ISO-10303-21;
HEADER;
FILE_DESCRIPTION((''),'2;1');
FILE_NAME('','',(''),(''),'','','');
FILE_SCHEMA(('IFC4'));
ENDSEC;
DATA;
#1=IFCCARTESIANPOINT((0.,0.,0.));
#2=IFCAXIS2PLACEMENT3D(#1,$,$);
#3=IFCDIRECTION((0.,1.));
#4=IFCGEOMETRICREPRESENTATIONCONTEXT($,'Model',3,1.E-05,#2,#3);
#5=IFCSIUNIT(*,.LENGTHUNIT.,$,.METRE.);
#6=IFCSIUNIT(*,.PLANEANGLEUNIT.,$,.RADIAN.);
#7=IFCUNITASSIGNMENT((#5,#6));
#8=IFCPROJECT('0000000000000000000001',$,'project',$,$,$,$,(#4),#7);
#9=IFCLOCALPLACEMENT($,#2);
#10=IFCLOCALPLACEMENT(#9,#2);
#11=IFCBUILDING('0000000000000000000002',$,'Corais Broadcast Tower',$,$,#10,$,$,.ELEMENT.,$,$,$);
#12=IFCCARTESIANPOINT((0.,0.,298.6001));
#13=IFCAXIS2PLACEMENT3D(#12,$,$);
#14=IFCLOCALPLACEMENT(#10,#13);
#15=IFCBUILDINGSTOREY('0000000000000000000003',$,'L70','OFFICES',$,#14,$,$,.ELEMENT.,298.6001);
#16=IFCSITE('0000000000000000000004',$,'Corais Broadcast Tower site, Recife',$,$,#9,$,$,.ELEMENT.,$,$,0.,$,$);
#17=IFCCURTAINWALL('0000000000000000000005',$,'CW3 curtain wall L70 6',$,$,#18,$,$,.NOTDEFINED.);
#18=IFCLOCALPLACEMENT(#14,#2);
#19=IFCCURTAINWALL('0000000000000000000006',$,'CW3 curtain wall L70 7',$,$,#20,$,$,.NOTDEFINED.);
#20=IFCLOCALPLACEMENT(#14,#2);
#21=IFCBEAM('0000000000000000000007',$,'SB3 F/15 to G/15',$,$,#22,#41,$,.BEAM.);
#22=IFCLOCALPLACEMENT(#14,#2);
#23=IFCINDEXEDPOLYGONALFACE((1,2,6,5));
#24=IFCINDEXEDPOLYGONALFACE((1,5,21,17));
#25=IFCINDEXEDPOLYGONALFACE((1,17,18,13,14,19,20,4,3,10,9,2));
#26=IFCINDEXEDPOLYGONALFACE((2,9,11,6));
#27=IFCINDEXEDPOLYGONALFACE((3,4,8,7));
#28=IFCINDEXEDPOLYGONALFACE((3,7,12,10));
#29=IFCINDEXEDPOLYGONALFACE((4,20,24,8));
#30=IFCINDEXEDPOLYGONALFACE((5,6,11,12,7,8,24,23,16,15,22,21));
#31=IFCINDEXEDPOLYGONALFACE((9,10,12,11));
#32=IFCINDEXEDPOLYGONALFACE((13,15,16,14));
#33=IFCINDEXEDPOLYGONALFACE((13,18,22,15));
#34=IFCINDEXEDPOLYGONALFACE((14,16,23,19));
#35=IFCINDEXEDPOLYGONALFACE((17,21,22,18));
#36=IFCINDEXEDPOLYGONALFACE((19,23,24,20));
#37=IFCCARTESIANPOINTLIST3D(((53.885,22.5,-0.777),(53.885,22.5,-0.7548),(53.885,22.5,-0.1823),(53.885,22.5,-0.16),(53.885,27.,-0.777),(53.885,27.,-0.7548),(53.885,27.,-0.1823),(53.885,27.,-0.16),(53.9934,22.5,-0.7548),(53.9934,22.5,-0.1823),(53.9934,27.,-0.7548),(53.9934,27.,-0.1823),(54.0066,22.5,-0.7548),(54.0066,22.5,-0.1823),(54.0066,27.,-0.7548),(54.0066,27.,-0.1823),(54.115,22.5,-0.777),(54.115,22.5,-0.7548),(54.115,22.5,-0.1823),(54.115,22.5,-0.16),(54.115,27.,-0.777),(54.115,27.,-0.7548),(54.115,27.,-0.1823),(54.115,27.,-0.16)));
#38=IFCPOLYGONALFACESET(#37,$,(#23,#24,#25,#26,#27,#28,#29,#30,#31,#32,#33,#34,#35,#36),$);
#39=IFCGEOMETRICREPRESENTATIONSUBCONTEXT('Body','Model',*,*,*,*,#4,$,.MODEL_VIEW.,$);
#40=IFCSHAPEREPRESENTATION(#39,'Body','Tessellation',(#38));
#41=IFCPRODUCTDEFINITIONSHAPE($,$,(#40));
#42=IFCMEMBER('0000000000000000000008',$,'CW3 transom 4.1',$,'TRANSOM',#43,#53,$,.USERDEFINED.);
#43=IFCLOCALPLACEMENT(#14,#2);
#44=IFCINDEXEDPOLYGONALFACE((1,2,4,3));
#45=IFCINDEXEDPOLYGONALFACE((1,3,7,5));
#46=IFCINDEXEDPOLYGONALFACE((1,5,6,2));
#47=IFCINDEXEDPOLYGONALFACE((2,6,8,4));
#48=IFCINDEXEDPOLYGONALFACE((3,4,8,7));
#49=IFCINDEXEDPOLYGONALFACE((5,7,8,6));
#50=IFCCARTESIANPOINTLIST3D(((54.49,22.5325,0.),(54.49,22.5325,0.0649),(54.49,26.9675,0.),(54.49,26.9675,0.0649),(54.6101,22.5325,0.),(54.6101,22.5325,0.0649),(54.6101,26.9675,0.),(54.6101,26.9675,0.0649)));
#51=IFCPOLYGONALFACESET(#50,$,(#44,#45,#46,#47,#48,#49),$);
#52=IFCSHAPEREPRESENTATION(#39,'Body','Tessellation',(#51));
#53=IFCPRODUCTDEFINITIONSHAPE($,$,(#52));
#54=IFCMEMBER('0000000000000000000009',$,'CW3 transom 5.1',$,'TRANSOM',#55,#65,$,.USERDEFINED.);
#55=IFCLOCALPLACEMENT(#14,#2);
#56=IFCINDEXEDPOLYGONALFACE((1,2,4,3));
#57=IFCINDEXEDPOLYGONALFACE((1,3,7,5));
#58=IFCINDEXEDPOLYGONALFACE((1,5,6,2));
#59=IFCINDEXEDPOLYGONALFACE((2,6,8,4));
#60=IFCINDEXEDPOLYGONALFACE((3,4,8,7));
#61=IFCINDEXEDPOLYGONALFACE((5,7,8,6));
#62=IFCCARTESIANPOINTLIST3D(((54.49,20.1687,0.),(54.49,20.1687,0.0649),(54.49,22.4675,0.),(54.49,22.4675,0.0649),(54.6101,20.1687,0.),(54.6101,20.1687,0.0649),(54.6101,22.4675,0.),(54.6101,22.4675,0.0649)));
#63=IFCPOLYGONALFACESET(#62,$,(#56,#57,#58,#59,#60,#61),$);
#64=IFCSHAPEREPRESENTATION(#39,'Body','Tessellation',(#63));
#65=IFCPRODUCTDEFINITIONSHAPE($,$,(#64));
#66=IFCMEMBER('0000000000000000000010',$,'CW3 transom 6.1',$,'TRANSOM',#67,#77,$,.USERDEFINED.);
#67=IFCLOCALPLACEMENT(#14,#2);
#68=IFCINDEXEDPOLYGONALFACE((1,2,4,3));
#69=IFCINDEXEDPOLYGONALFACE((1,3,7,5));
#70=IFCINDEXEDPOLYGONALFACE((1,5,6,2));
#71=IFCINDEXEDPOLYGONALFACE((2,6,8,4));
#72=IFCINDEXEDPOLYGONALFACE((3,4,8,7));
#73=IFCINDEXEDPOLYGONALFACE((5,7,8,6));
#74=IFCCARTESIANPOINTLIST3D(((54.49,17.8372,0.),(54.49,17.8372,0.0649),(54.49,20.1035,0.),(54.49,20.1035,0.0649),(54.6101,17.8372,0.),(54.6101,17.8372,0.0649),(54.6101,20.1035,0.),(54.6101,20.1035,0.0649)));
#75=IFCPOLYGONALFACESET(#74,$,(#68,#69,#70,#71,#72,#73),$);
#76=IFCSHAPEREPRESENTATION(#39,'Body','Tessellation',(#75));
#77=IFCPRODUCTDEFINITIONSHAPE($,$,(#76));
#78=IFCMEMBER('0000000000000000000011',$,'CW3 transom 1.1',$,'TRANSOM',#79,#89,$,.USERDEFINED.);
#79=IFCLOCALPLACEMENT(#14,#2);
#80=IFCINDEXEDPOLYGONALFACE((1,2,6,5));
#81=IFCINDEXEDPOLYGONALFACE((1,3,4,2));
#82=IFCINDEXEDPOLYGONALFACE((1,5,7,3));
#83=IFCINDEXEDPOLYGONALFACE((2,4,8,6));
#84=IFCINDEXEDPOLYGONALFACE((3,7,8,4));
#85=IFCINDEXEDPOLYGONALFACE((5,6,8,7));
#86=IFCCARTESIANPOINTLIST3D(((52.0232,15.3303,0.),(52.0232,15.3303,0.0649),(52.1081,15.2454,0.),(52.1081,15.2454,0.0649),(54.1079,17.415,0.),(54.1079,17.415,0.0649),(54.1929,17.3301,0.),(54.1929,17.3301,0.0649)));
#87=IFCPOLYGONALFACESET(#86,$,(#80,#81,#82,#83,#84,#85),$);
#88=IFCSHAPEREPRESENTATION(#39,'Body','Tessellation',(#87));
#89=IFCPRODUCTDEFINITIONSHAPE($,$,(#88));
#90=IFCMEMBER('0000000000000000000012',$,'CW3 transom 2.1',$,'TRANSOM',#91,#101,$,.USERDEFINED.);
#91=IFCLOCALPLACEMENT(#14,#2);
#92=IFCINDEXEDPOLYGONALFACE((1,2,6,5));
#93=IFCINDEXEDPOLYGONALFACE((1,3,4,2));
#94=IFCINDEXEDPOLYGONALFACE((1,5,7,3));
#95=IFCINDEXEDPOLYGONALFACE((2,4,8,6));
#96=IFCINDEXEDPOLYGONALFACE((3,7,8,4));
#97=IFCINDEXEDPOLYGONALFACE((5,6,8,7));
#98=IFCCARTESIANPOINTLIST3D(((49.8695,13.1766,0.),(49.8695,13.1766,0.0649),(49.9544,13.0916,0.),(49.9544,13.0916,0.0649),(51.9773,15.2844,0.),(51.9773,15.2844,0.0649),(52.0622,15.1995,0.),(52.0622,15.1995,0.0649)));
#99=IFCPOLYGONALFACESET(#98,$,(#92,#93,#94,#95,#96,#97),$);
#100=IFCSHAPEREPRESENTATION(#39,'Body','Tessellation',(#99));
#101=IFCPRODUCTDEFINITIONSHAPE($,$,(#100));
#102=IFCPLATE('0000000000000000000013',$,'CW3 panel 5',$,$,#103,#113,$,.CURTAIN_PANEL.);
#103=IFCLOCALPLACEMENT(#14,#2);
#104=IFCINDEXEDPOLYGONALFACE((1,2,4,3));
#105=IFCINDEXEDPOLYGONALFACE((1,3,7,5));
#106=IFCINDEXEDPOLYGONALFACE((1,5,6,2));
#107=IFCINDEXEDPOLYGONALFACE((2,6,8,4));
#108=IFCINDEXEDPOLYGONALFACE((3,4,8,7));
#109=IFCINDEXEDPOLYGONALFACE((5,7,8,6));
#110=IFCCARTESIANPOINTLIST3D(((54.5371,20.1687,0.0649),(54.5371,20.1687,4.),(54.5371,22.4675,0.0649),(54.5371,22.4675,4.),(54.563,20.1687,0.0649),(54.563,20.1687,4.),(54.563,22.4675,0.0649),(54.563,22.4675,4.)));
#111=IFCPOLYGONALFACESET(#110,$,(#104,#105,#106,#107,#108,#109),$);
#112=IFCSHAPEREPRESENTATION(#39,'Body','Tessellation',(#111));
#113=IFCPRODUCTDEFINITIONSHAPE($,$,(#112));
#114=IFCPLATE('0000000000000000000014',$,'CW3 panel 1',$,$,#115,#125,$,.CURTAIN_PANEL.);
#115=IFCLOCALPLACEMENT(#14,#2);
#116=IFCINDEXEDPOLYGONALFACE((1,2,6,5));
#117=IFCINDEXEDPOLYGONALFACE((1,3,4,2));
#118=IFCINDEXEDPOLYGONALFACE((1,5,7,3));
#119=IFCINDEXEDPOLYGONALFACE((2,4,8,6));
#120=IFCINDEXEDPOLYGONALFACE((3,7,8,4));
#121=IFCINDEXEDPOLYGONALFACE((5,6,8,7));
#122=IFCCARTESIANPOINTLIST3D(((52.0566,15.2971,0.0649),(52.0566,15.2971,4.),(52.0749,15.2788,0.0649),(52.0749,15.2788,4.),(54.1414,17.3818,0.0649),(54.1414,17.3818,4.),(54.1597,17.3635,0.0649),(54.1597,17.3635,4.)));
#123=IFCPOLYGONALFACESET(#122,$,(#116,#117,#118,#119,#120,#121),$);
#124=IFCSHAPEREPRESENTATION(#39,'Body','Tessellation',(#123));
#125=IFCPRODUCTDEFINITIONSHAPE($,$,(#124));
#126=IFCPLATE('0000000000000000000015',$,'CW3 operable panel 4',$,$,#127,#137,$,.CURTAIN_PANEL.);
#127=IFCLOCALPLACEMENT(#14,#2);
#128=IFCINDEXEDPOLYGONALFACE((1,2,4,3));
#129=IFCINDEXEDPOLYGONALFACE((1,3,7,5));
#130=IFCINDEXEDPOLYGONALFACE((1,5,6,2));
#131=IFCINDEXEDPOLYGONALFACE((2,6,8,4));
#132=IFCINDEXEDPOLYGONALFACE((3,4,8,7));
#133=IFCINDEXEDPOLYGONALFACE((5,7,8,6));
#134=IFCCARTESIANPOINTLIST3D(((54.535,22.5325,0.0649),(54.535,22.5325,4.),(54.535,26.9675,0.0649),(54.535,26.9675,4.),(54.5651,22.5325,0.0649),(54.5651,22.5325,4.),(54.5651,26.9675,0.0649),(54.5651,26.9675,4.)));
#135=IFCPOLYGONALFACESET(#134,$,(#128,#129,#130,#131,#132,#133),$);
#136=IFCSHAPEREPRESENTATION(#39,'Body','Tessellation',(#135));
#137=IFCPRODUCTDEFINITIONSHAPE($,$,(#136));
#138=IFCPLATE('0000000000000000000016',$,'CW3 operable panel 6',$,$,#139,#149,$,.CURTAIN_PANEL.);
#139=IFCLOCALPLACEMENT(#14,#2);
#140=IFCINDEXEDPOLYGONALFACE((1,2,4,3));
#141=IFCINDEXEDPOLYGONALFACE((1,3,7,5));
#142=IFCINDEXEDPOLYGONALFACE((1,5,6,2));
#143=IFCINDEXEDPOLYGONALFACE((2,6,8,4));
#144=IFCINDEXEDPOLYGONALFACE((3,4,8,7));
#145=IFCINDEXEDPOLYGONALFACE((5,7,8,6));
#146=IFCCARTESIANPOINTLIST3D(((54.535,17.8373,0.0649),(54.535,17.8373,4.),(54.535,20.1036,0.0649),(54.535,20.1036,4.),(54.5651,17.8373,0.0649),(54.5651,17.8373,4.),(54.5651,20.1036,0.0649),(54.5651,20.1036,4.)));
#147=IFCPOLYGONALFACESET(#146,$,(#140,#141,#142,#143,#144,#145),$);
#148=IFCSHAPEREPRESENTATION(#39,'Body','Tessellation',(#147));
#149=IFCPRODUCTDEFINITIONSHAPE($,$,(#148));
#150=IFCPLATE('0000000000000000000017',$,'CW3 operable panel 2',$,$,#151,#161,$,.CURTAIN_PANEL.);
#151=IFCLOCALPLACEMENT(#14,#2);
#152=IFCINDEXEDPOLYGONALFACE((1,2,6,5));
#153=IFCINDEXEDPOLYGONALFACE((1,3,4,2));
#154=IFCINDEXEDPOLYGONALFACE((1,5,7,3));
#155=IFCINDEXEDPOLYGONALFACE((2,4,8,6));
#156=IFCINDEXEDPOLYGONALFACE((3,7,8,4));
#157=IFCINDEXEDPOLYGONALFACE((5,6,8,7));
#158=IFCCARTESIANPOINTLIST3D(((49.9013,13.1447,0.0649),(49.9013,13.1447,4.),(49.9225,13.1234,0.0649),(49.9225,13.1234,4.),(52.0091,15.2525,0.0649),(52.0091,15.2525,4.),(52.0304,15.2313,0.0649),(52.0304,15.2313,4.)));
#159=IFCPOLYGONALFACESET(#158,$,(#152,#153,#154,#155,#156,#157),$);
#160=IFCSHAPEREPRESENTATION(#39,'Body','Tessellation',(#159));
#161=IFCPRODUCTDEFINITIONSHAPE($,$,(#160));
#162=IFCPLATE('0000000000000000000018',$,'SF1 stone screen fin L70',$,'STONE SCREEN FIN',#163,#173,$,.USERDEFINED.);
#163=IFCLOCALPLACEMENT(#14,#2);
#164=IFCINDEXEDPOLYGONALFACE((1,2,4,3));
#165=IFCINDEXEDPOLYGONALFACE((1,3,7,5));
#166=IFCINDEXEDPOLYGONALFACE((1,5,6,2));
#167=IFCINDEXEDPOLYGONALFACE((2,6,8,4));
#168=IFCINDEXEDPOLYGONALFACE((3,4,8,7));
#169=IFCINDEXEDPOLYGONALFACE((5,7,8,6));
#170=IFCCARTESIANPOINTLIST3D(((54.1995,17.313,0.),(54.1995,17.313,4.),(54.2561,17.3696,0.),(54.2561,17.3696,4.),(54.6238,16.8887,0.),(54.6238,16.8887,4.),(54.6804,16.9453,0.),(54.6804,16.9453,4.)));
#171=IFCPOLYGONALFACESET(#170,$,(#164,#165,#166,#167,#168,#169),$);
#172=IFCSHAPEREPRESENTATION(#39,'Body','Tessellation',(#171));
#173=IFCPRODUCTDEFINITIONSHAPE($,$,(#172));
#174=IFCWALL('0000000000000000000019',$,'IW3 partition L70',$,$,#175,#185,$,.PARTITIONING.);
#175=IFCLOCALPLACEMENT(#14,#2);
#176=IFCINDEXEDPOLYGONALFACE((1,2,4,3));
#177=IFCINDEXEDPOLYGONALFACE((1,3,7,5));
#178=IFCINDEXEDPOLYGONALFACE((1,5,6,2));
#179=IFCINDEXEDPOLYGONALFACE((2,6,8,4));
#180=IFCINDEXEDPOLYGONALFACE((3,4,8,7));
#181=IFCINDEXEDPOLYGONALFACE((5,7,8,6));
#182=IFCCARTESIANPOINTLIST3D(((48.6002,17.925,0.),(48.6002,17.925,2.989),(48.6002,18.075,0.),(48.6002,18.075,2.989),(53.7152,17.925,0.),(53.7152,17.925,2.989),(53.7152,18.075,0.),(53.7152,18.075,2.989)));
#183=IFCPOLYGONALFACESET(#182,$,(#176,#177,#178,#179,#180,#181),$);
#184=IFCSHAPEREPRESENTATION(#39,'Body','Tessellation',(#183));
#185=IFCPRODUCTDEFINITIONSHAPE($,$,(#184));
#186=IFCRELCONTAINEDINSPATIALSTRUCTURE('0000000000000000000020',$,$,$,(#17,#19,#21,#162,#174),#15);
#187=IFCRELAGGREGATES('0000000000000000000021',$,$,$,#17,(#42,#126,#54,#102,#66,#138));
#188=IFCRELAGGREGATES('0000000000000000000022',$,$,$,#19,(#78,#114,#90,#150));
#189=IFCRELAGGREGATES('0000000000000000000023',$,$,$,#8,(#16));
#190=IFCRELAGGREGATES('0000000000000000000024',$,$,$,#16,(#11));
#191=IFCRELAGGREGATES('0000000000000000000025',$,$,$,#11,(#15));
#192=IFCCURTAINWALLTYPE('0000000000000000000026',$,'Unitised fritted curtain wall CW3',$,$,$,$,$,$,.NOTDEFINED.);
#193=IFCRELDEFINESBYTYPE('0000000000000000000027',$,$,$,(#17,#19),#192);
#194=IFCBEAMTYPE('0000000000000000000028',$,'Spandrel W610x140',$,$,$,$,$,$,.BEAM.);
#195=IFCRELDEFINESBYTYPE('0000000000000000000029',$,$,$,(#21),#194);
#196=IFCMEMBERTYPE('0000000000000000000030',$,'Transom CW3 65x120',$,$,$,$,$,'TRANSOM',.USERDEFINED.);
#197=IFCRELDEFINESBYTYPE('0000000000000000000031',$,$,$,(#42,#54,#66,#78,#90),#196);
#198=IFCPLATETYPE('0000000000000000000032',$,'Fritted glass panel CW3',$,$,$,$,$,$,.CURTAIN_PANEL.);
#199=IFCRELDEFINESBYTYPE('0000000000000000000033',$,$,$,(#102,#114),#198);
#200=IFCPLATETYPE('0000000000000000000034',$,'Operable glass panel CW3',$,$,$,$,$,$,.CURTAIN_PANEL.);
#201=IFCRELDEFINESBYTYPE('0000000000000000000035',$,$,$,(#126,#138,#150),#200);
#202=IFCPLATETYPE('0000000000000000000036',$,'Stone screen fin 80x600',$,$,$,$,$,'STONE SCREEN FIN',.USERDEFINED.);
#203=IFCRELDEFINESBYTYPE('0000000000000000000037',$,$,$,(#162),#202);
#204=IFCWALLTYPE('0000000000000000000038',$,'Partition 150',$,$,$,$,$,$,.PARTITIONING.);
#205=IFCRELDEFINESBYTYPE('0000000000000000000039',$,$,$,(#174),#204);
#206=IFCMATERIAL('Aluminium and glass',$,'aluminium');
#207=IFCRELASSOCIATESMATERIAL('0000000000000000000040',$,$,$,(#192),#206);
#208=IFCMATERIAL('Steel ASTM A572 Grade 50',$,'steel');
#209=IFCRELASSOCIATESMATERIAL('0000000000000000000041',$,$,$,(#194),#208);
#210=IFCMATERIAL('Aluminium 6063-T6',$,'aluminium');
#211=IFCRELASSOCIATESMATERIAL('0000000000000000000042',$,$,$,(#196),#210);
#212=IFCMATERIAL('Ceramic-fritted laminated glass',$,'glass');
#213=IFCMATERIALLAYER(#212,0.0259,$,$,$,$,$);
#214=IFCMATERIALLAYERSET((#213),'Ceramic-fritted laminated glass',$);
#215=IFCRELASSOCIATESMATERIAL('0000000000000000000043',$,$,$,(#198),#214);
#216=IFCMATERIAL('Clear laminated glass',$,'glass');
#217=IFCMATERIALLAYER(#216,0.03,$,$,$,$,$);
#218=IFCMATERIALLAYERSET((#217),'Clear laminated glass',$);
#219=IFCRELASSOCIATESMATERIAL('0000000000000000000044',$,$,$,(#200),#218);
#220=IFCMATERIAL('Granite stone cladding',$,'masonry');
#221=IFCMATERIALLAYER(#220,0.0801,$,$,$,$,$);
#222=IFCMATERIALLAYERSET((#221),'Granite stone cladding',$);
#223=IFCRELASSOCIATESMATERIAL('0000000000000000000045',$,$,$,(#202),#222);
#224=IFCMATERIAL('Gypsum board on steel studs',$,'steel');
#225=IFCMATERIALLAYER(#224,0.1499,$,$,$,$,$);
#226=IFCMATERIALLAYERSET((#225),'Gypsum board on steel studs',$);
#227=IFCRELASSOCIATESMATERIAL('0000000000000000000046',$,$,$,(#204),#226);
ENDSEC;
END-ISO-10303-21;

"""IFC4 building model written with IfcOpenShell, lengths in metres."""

from ifc_helpers import new_model, si_unit, direction, frame, frame_2d, origin, origin_2d, place, context, subcontext, project, spatial, rectangle, i_section, extrude, material, layer, layer_set, material_profile, profile_set, type_object, element, aggregate, save


model = new_model("IFC4")

# Units and contexts
model_context = context("Model", 3, precision=1e-05, world=origin(), true_north=direction((0.0, 1.0)))
body_context = subcontext(model_context, "Body", "Model", "MODEL_VIEW")
ifc_project = project(units=[si_unit("LENGTHUNIT", "METRE"), si_unit("PLANEANGLEUNIT", "RADIAN")], contexts=[model_context])

# Site, building, storey
site_placement = place(None, origin())
site = spatial("IfcSite", under=ifc_project, at=site_placement, Name="Corais Broadcast Tower site, Recife", CompositionType="ELEMENT", RefElevation=0.0)
building_placement = place(site_placement, origin())
building = spatial("IfcBuilding", under=site, at=building_placement, Name="Corais Broadcast Tower", CompositionType="ELEMENT")
storey_placement = place(building_placement, frame((0.0, 0.0, 298.6001)))
storey = spatial("IfcBuildingStorey", under=building, at=storey_placement, Name="L70", Description="OFFICES", CompositionType="ELEMENT", Elevation=298.6001)

# Curtain walls
ifc_material_1 = material(Name="Aluminium and glass", Category="aluminium")
curtain_wall_type = type_object("IfcCurtainWallType", Name="Unitised fritted curtain wall CW3", PredefinedType="NOTDEFINED", material=ifc_material_1)
curtain_wall_1_placement = place(storey_placement, origin())
curtain_wall_1 = element("IfcCurtainWall", 1, at=curtain_wall_1_placement, inside=storey, type_object=curtain_wall_type, Name="CW3 curtain wall L70 6", PredefinedType="NOTDEFINED")
curtain_wall_2_placement = place(storey_placement, origin())
curtain_wall_2 = element("IfcCurtainWall", 2, at=curtain_wall_2_placement, inside=storey, type_object=curtain_wall_type, Name="CW3 curtain wall L70 7", PredefinedType="NOTDEFINED")

# Beam
ifc_material_2 = material(Name="Steel ASTM A572 Grade 50", Category="steel")
ifc_material_profile_1 = material_profile(ifc_material_2, i_section(OverallWidth=0.23, OverallDepth=0.6169, WebThickness=0.0132, FlangeThickness=0.0222, at=origin_2d()), Name="W610x140")
ifc_profile_set_1 = profile_set([ifc_material_profile_1], Name="Steel ASTM A572 Grade 50")
beam_type_1 = type_object("IfcBeamType", Name="Spandrel W610x140", PredefinedType="BEAM", material=ifc_profile_set_1)
for number, where, z_axis, x_axis, name in (
    (3, (54.0, 22.5, -0.4685), (0.0, 1.0, 0.0), (-1.0, 0.0, 0.0), "SB3 F/15 to G/15"),
):
    element("IfcBeam", number, at=place(storey_placement, frame(where, z_axis=z_axis, x_axis=x_axis)), inside=storey, type_object=beam_type_1, Name=name, PredefinedType="BEAM", context=body_context, shape_type="SweptSolid", body=[
        extrude(i_section(OverallWidth=0.23, OverallDepth=0.6169, WebThickness=0.0132, FlangeThickness=0.0222, at=origin_2d()), origin(), (0.0, 0.0, 1.0), 4.5),
    ])

# Members
ifc_material_3 = material(Name="Aluminium 6063-T6", Category="aluminium")
ifc_material_profile_2 = material_profile(ifc_material_3, rectangle(XDim=0.1201, YDim=0.0649, at=origin_2d()), Name="Transom CW3 65x120")
ifc_profile_set_2 = profile_set([ifc_material_profile_2], Name="Aluminium 6063-T6")
member_type_1 = type_object("IfcMemberType", Name="Transom CW3 65x120", ElementType="TRANSOM", PredefinedType="USERDEFINED", material=ifc_profile_set_2)
member_1_placement = place(storey_placement, frame((54.55, 26.9675, 0.0325), z_axis=(0.0, -1.0, 0.0), x_axis=(1.0, 0.0, 0.0)))
member_1 = element("IfcMember", 4, at=member_1_placement, type_object=member_type_1, Name="CW3 transom 4.1", ObjectType="TRANSOM", PredefinedType="USERDEFINED", context=body_context, shape_type="SweptSolid", body=[
    extrude(rectangle(XDim=0.1201, YDim=0.0649, at=origin_2d()), origin(), (0.0, 0.0, 1.0), 4.4351),
])
member_2_placement = place(storey_placement, frame((54.55, 22.4675, 0.0325), z_axis=(0.0, -1.0, 0.0), x_axis=(1.0, 0.0, 0.0)))
member_2 = element("IfcMember", 5, at=member_2_placement, type_object=member_type_1, Name="CW3 transom 5.1", ObjectType="TRANSOM", PredefinedType="USERDEFINED", context=body_context, shape_type="SweptSolid", body=[
    extrude(rectangle(XDim=0.1201, YDim=0.0649, at=origin_2d()), origin(), (0.0, 0.0, 1.0), 2.2988),
])
member_3_placement = place(storey_placement, frame((54.55, 20.1035, 0.0325), z_axis=(0.0, -1.0, 0.0), x_axis=(1.0, 0.0, 0.0)))
member_3 = element("IfcMember", 6, at=member_3_placement, type_object=member_type_1, Name="CW3 transom 6.1", ObjectType="TRANSOM", PredefinedType="USERDEFINED", context=body_context, shape_type="SweptSolid", body=[
    extrude(rectangle(XDim=0.1201, YDim=0.0649, at=origin_2d()), origin(), (0.0, 0.0, 1.0), 2.2664),
])
member_4_placement = place(storey_placement, frame((54.1504, 17.3726, 0.0325), z_axis=(-0.707107, -0.707107, 0.0), x_axis=(0.707107, -0.707107, 0.0)))
member_4 = element("IfcMember", 7, at=member_4_placement, type_object=member_type_1, Name="CW3 transom 1.1", ObjectType="TRANSOM", PredefinedType="USERDEFINED", context=body_context, shape_type="SweptSolid", body=[
    extrude(rectangle(XDim=0.1201, YDim=0.0649, at=origin_2d()), origin(), (0.0, 0.0, 1.0), 2.9482),
])
member_5_placement = place(storey_placement, frame((52.0198, 15.2419, 0.0325), z_axis=(-0.707107, -0.707107, 0.0), x_axis=(0.707107, -0.707107, 0.0)))
member_5 = element("IfcMember", 8, at=member_5_placement, type_object=member_type_1, Name="CW3 transom 2.1", ObjectType="TRANSOM", PredefinedType="USERDEFINED", context=body_context, shape_type="SweptSolid", body=[
    extrude(rectangle(XDim=0.1201, YDim=0.0649, at=origin_2d()), origin(), (0.0, 0.0, 1.0), 2.981),
])

# Plates
ifc_material_4 = material(Name="Ceramic-fritted laminated glass", Category="glass")
ifc_layer_1 = layer(ifc_material_4, 0.0259)
ifc_layer_set_1 = layer_set([ifc_layer_1], Name="Ceramic-fritted laminated glass")
plate_type_1 = type_object("IfcPlateType", Name="Fritted glass panel CW3", PredefinedType="CURTAIN_PANEL", material=ifc_layer_set_1)
plate_1_placement = place(storey_placement, frame((54.55, 21.3181, 0.0649), z_axis=(0.0, 0.0, 1.0), x_axis=(0.0, -1.0, 0.0)))
plate_1 = element("IfcPlate", 9, at=plate_1_placement, type_object=plate_type_1, Name="CW3 panel 5", PredefinedType="CURTAIN_PANEL", context=body_context, shape_type="SweptSolid", body=[
    extrude(rectangle(XDim=2.2988, YDim=0.0259, at=origin_2d()), origin(), (0.0, 0.0, 1.0), 3.9351),
])
plate_2_placement = place(storey_placement, frame((53.1082, 16.3303, 0.0649), z_axis=(0.0, 0.0, 1.0), x_axis=(-0.707107, -0.707107, 0.0)))
plate_2 = element("IfcPlate", 10, at=plate_2_placement, type_object=plate_type_1, Name="CW3 panel 1", PredefinedType="CURTAIN_PANEL", context=body_context, shape_type="SweptSolid", body=[
    extrude(rectangle(XDim=2.9482, YDim=0.0259, at=origin_2d()), origin(), (0.0, 0.0, 1.0), 3.9351),
])
ifc_material_5 = material(Name="Clear laminated glass", Category="glass")
ifc_layer_2 = layer(ifc_material_5, 0.03)
ifc_layer_set_2 = layer_set([ifc_layer_2], Name="Clear laminated glass")
plate_type_2 = type_object("IfcPlateType", Name="Operable glass panel CW3", PredefinedType="CURTAIN_PANEL", material=ifc_layer_set_2)
plate_3_placement = place(storey_placement, frame((54.55, 24.75, 0.0649), z_axis=(0.0, 0.0, 1.0), x_axis=(0.0, -1.0, 0.0)))
plate_3 = element("IfcPlate", 11, at=plate_3_placement, type_object=plate_type_2, Name="CW3 operable panel 4", PredefinedType="CURTAIN_PANEL", context=body_context, shape_type="SweptSolid", body=[
    extrude(rectangle(XDim=4.4351, YDim=0.03, at=origin_2d()), origin(), (0.0, 0.0, 1.0), 3.9351),
])
plate_4_placement = place(storey_placement, frame((54.55, 18.9705, 0.0649), z_axis=(0.0, 0.0, 1.0), x_axis=(0.0, -1.0, 0.0)))
plate_4 = element("IfcPlate", 12, at=plate_4_placement, type_object=plate_type_2, Name="CW3 operable panel 6", PredefinedType="CURTAIN_PANEL", context=body_context, shape_type="SweptSolid", body=[
    extrude(rectangle(XDim=2.2664, YDim=0.03, at=origin_2d()), origin(), (0.0, 0.0, 1.0), 3.9351),
])
aggregate(curtain_wall_1, [member_1, plate_3, member_2, plate_1, member_3, plate_4])
plate_5_placement = place(storey_placement, frame((50.9658, 14.188, 0.0649), z_axis=(0.0, 0.0, 1.0), x_axis=(-0.707107, -0.707107, 0.0)))
plate_5 = element("IfcPlate", 13, at=plate_5_placement, type_object=plate_type_2, Name="CW3 operable panel 2", PredefinedType="CURTAIN_PANEL", context=body_context, shape_type="SweptSolid", body=[
    extrude(rectangle(XDim=2.981, YDim=0.03, at=origin_2d()), origin(), (0.0, 0.0, 1.0), 3.9351),
])
aggregate(curtain_wall_2, [member_4, plate_2, member_5, plate_5])
ifc_material_6 = material(Name="Granite stone cladding", Category="masonry")
ifc_layer_3 = layer(ifc_material_6, 0.0801)
ifc_layer_set_3 = layer_set([ifc_layer_3], Name="Granite stone cladding")
plate_type_3 = type_object("IfcPlateType", Name="Stone screen fin 80x600", ElementType="STONE SCREEN FIN", PredefinedType="USERDEFINED", material=ifc_layer_set_3)
plate_6_placement = place(storey_placement, frame((54.4399, 17.1292, 0.0), z_axis=(0.0, 0.0, 1.0), x_axis=(-0.707107, -0.707107, 0.0)))
element("IfcPlate", 14, at=plate_6_placement, inside=storey, type_object=plate_type_3, Name="SF1 stone screen fin L70", ObjectType="STONE SCREEN FIN", PredefinedType="USERDEFINED", context=body_context, shape_type="SweptSolid", body=[
    extrude(rectangle(XDim=0.0801, YDim=0.6001, at=origin_2d()), origin(), (0.0, 0.0, 1.0), 4.0),
])

# Wall
ifc_material_7 = material(Name="Gypsum board on steel studs", Category="steel")
ifc_layer_4 = layer(ifc_material_7, 0.1499)
ifc_layer_set_4 = layer_set([ifc_layer_4], Name="Gypsum board on steel studs")
wall_type = type_object("IfcWallType", Name="Partition 150", PredefinedType="PARTITIONING", material=ifc_layer_set_4)
for number, where, z_axis, x_axis, name in (
    (15, (48.6001, 18.0, 0.0), (0.0, 0.0, 1.0), (1.0, 0.0, 0.0), "IW3 partition L70"),
):
    element("IfcWall", number, at=place(storey_placement, frame(where, z_axis=z_axis, x_axis=x_axis)), inside=storey, type_object=wall_type, Name=name, PredefinedType="PARTITIONING", context=body_context, shape_type="SweptSolid", body=[
        extrude(rectangle(XDim=5.115, YDim=0.1499, at=frame_2d((2.5576, 0.0))), origin(), (0.0, 0.0, 1.0), 2.989),
    ])

save(model, "model.ifc")
